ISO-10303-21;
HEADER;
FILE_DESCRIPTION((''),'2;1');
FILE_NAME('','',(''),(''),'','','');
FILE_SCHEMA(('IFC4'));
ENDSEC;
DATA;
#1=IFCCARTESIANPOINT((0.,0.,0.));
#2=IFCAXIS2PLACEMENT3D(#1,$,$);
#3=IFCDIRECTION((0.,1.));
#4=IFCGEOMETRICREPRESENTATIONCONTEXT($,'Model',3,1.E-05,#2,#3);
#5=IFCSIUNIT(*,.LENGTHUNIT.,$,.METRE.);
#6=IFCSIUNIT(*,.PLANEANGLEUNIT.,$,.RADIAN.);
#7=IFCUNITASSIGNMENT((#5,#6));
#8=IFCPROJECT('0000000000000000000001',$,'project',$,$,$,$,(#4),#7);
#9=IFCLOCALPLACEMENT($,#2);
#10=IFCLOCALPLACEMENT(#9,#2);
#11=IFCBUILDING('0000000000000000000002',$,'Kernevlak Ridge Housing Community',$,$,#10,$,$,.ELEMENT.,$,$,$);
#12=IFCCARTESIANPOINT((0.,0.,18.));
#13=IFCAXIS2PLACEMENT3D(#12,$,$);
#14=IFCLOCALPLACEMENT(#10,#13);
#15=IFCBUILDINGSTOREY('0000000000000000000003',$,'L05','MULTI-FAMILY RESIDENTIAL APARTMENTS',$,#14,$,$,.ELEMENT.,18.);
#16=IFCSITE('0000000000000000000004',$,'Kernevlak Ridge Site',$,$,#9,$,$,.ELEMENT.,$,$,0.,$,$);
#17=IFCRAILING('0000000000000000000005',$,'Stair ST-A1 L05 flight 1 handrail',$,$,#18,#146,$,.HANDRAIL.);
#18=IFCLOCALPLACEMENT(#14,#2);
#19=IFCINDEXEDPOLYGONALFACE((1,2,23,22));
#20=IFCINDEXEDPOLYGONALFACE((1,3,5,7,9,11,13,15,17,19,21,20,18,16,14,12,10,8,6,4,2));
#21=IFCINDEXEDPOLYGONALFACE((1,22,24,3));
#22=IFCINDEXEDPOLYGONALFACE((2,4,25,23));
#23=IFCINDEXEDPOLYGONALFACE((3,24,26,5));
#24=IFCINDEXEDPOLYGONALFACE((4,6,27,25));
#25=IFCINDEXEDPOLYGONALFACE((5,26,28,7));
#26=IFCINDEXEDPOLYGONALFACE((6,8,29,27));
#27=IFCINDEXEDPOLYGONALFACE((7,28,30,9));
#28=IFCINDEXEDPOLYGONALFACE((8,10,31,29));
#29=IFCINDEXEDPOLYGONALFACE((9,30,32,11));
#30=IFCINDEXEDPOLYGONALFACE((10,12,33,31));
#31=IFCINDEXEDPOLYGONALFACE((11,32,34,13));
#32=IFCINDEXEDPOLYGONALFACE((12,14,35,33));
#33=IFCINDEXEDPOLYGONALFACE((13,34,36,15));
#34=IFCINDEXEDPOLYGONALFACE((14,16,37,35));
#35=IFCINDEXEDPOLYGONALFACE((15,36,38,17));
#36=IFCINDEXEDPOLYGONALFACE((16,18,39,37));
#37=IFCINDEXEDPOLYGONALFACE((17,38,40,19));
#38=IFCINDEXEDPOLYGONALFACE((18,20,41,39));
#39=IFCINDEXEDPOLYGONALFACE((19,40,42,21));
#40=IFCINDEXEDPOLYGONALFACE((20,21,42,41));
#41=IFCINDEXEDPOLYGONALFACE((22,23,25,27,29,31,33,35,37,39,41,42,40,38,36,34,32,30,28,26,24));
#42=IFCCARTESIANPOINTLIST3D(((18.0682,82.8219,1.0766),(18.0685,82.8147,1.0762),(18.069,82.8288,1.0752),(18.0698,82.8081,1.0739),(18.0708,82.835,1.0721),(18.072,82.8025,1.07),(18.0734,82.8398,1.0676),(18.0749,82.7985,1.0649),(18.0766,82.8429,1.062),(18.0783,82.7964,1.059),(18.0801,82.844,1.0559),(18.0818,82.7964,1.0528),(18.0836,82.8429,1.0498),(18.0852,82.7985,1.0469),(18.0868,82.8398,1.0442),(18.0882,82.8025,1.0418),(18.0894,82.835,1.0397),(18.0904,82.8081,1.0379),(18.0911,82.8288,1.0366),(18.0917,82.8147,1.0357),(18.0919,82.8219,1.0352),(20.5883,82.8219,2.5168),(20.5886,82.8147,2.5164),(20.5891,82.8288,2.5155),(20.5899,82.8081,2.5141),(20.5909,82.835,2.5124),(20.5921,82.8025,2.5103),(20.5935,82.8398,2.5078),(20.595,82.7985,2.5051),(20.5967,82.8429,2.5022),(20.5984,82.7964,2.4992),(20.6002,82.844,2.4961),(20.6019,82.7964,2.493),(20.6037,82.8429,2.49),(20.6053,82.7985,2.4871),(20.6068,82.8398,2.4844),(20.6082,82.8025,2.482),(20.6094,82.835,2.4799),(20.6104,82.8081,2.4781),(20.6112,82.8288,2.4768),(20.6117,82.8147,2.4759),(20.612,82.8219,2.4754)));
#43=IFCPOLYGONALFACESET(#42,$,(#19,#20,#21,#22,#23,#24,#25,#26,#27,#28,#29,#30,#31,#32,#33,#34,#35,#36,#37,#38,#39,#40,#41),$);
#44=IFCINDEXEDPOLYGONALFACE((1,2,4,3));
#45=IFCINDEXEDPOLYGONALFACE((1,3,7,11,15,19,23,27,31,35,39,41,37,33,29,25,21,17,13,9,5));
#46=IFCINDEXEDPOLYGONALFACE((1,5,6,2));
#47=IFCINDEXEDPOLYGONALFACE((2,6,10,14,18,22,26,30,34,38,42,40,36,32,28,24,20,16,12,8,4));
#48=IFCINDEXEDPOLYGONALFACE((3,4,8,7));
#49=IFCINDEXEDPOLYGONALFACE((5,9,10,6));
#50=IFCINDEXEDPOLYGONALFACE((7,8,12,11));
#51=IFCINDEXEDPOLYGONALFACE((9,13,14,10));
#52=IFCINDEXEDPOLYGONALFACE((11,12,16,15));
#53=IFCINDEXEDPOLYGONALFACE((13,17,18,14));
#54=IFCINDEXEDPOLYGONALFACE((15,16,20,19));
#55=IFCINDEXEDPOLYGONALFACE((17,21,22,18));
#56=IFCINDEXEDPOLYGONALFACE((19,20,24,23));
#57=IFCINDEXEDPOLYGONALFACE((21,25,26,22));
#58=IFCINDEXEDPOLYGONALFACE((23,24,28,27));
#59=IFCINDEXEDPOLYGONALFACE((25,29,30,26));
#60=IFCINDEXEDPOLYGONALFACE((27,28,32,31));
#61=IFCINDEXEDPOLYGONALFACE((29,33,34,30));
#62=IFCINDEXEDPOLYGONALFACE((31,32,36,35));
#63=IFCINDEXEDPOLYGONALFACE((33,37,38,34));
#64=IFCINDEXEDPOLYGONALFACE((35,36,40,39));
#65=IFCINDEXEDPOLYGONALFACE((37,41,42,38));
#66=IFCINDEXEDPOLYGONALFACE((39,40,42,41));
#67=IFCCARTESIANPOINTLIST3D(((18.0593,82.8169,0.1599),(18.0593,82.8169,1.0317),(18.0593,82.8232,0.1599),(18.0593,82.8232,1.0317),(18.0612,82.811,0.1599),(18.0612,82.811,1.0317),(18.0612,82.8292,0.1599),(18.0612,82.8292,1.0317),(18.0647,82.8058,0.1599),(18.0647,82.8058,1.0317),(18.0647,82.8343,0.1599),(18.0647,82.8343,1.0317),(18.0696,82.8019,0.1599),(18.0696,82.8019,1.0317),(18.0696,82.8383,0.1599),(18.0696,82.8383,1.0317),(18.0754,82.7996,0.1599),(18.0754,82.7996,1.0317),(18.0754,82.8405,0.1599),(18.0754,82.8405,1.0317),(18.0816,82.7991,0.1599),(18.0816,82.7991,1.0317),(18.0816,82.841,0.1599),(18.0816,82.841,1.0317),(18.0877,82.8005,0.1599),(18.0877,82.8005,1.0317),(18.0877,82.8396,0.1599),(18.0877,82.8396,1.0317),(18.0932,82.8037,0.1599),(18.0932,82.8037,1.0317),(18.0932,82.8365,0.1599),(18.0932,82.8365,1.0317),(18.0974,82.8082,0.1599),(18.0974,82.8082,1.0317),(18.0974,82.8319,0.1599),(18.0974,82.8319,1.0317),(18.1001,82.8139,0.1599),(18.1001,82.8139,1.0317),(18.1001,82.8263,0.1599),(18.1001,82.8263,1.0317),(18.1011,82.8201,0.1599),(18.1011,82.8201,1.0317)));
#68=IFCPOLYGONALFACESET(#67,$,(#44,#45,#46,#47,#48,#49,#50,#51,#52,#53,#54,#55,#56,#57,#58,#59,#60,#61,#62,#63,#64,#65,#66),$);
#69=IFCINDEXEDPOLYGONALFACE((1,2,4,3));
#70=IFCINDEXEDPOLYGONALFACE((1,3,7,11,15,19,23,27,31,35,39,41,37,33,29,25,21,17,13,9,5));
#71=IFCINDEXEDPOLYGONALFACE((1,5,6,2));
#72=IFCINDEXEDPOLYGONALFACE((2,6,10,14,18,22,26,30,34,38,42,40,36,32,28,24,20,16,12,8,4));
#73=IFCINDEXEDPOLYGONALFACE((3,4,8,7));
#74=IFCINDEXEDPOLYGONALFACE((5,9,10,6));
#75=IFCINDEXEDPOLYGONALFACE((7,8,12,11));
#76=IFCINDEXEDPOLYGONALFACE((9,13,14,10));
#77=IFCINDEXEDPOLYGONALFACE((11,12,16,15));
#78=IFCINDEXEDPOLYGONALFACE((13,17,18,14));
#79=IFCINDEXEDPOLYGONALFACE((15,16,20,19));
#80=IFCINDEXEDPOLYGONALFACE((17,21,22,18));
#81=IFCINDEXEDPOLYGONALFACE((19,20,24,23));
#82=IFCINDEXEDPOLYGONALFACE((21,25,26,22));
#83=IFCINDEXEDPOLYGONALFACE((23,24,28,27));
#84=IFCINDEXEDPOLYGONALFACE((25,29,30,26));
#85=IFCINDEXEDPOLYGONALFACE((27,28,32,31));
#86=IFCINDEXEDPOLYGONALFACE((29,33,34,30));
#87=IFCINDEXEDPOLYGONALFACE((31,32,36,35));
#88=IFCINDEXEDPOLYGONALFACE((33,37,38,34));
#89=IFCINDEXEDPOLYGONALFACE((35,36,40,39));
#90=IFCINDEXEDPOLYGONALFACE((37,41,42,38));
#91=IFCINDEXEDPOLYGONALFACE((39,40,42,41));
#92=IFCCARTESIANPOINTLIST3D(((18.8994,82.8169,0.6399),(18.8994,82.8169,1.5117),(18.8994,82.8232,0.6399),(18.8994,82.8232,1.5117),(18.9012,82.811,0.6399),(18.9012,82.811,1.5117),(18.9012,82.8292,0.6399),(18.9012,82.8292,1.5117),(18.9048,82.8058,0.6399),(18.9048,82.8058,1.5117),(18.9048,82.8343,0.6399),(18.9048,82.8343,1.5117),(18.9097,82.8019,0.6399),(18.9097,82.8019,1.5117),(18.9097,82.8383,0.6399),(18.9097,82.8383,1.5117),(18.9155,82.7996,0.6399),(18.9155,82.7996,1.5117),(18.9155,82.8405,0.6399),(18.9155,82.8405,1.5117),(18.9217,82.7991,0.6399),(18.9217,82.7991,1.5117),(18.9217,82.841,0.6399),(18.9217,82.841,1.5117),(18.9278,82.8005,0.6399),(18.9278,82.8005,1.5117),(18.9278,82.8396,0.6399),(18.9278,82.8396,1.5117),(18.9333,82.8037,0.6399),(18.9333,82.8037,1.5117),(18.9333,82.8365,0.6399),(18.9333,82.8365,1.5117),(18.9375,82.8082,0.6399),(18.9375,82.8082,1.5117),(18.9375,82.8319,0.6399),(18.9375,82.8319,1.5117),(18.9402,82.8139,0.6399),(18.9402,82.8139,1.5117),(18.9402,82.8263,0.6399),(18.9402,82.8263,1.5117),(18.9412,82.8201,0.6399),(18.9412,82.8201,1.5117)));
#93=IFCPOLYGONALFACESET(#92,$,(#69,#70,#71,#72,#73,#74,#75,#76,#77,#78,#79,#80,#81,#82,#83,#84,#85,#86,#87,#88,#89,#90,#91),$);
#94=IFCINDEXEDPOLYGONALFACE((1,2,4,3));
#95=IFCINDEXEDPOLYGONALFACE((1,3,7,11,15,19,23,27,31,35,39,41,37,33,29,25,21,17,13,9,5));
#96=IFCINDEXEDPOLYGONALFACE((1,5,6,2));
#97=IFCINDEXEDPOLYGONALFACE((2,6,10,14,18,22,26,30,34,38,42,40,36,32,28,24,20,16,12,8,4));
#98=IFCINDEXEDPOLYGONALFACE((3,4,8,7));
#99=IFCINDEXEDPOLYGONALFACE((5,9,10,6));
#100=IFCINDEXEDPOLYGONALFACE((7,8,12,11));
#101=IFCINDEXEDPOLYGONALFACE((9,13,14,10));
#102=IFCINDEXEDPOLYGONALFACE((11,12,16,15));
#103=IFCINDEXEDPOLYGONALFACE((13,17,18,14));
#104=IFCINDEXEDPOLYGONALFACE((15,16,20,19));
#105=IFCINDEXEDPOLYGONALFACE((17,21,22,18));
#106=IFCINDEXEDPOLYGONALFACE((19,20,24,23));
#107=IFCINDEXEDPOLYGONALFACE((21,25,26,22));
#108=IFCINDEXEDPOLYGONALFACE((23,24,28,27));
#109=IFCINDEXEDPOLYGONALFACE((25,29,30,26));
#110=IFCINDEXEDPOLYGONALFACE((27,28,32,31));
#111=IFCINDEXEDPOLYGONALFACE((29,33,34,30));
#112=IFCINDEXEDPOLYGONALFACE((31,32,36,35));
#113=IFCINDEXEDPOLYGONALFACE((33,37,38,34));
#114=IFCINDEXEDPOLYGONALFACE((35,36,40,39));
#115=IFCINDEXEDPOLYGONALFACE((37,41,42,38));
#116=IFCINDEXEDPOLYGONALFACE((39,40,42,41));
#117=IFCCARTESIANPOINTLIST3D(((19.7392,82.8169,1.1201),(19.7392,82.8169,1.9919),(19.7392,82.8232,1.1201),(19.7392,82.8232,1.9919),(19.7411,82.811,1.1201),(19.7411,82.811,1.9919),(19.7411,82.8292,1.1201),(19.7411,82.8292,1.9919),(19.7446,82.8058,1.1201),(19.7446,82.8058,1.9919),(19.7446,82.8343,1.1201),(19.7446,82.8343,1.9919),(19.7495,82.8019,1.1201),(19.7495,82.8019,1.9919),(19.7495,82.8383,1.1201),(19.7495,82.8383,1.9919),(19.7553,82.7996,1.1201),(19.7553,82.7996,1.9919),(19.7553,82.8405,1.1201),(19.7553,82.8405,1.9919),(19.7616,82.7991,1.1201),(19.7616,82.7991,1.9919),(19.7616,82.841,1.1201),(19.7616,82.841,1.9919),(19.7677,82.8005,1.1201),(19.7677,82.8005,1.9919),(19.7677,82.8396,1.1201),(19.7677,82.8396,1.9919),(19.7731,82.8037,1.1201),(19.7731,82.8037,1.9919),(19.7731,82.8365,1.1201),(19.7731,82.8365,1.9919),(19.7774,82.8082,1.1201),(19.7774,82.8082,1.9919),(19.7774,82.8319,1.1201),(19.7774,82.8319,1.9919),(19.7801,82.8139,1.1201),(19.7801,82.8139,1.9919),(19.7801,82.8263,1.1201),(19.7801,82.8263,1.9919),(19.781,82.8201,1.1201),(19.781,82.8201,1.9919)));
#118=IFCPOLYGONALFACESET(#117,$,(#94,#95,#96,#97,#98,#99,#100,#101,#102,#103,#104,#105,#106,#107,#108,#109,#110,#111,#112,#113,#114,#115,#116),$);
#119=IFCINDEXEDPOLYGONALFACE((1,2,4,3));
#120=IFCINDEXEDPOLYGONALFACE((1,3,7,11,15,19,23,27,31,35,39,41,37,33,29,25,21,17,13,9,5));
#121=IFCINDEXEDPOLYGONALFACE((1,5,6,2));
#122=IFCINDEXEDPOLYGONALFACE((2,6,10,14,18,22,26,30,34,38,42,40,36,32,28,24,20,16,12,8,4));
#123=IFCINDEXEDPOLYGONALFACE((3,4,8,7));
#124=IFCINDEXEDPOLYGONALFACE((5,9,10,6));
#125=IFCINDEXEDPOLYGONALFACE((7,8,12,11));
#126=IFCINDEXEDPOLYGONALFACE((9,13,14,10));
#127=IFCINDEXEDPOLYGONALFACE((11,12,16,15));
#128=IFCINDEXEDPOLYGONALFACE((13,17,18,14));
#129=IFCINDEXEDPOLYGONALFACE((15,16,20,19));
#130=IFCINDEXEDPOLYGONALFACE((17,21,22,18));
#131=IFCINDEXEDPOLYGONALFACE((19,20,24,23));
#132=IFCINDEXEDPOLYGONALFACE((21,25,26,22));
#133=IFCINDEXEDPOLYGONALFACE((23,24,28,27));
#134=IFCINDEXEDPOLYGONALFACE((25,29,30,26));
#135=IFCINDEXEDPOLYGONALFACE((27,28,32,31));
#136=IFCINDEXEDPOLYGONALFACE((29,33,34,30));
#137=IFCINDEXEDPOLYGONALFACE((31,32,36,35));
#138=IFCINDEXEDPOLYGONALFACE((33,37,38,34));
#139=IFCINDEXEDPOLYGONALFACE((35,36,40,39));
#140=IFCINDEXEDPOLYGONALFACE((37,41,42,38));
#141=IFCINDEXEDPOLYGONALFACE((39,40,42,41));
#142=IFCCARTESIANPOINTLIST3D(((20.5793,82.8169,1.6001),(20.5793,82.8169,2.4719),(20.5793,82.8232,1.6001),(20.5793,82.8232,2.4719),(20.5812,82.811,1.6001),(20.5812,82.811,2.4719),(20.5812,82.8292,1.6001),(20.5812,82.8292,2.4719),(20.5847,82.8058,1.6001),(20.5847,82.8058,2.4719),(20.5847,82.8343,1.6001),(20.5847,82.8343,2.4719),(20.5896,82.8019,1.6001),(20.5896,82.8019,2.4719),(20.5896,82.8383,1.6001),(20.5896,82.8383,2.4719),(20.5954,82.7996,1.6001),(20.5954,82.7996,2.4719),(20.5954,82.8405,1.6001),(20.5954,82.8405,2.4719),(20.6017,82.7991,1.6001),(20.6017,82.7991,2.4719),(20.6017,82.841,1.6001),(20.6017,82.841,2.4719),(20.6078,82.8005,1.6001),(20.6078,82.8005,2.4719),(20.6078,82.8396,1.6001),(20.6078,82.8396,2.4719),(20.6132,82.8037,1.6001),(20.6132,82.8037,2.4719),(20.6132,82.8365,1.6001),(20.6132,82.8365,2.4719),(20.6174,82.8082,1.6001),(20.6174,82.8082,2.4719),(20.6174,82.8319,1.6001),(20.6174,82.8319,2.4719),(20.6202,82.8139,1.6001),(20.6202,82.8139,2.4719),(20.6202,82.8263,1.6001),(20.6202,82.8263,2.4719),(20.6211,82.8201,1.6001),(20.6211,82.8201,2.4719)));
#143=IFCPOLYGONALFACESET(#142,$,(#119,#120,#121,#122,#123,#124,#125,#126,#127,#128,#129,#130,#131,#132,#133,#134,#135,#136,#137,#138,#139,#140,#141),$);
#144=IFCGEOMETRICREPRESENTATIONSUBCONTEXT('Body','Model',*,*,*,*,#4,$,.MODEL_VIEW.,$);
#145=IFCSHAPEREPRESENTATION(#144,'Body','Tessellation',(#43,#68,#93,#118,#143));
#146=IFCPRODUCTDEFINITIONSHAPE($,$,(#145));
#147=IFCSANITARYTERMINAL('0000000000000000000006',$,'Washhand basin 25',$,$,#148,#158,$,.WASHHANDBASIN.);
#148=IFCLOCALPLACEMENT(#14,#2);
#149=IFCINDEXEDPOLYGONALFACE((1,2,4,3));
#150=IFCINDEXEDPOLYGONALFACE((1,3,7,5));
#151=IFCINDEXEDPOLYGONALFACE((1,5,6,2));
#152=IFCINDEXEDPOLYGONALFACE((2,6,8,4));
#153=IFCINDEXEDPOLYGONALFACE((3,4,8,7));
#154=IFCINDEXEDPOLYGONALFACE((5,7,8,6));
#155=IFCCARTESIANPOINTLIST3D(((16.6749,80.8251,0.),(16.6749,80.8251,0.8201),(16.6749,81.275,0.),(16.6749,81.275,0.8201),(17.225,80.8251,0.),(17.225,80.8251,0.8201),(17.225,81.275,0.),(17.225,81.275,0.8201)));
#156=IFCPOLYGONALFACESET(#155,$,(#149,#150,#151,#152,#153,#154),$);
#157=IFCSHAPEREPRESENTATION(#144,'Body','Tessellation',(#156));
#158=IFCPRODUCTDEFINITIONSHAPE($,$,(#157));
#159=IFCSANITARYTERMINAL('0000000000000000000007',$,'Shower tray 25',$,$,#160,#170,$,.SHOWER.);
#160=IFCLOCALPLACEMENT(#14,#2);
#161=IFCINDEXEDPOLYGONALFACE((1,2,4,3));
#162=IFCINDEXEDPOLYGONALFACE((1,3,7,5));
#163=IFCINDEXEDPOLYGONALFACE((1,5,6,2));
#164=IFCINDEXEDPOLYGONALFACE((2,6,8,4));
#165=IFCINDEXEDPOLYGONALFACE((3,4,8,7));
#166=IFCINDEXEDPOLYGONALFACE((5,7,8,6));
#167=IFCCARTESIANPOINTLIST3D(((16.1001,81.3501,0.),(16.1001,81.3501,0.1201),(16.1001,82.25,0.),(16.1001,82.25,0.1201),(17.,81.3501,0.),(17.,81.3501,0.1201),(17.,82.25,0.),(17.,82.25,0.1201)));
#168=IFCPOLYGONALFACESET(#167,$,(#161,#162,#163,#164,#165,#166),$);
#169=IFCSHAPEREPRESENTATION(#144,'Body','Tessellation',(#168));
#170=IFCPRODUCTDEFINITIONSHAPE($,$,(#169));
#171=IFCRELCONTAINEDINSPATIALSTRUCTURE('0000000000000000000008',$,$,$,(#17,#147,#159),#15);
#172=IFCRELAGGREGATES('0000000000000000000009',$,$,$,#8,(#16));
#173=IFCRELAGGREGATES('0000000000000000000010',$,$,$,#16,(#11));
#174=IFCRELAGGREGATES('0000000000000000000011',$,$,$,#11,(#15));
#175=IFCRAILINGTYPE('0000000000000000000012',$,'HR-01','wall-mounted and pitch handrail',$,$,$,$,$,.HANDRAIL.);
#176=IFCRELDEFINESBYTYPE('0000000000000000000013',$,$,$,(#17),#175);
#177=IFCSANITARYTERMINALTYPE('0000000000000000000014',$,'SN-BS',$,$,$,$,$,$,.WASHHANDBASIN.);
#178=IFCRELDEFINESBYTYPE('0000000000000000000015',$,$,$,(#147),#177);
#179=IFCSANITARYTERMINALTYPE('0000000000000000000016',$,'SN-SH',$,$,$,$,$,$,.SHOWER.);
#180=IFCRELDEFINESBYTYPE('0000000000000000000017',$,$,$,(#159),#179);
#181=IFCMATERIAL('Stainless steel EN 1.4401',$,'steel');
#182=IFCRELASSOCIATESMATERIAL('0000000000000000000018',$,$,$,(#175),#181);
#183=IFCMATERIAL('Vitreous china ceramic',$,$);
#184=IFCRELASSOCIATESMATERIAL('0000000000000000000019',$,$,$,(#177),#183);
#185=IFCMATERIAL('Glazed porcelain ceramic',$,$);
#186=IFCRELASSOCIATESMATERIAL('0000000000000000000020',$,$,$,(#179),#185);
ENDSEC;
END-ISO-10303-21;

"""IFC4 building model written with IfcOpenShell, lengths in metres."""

from ifc_helpers import new_model, si_unit, direction, frame, origin, origin_2d, place, context, subcontext, project, spatial, rectangle, circle, extrude, material, type_object, element, save


model = new_model("IFC4")

# Units and contexts
model_context = context("Model", 3, precision=1e-05, world=origin(), true_north=direction((0.0, 1.0)))
body_context = subcontext(model_context, "Body", "Model", "MODEL_VIEW")
ifc_project = project(units=[si_unit("LENGTHUNIT", "METRE"), si_unit("PLANEANGLEUNIT", "RADIAN")], contexts=[model_context])

# Site, building, storey
site_placement = place(None, origin())
site = spatial("IfcSite", under=ifc_project, at=site_placement, Name="Kernevlak Ridge Site", CompositionType="ELEMENT", RefElevation=0.0)
building_placement = place(site_placement, origin())
building = spatial("IfcBuilding", under=site, at=building_placement, Name="Kernevlak Ridge Housing Community", CompositionType="ELEMENT")
storey_placement = place(building_placement, frame((0.0, 0.0, 18.0)))
storey = spatial("IfcBuildingStorey", under=building, at=storey_placement, Name="L05", Description="MULTI-FAMILY RESIDENTIAL APARTMENTS", CompositionType="ELEMENT", Elevation=18.0)

# Shared definitions
ifc_material_1 = material(Name="Stainless steel EN 1.4401", Category="steel")

# Railing
railing_type_1 = type_object("IfcRailingType", Name="HR-01", Description="wall-mounted and pitch handrail", PredefinedType="HANDRAIL", material=ifc_material_1)
railing_1_placement = place(storey_placement, frame((18.0801, 82.8201, 0.1599)))
element("IfcRailing", 1, at=railing_1_placement, inside=storey, type_object=railing_type_1, Name="Stair ST-A1 L05 flight 1 handrail", PredefinedType="HANDRAIL", context=body_context, shape_type="SweptSolid", body=[
    extrude(circle(Radius=0.0239, at=origin_2d()), frame((0.0, 0.0, 0.896), z_axis=(0.868217, 0.0, 0.496184), x_axis=(0.0, 1.0, 0.0)), (0.0, 0.0, 1.0), 2.9026),
    extrude(circle(Radius=0.021, at=origin_2d()), origin(), (0.0, 0.0, 1.0), 0.8718),
    extrude(circle(Radius=0.021, at=origin_2d()), frame((0.8401, 0.0, 0.48)), (0.0, 0.0, 1.0), 0.8718),
    extrude(circle(Radius=0.021, at=origin_2d()), frame((1.6799, 0.0, 0.9602)), (0.0, 0.0, 1.0), 0.8718),
    extrude(circle(Radius=0.021, at=origin_2d()), frame((2.52, 0.0, 1.4402)), (0.0, 0.0, 1.0), 0.8718),
])

# Sanitary terminals
ifc_material_2 = material(Name="Vitreous china ceramic")
sanitary_terminal_type_1 = type_object("IfcSanitaryTerminalType", Name="SN-BS", PredefinedType="WASHHANDBASIN", material=ifc_material_2)
sanitary_terminal_1_placement = place(storey_placement, frame((16.95, 81.05, 0.0), z_axis=(0.0, 0.0, 1.0), x_axis=(1.0, 0.0, 0.0)))
element("IfcSanitaryTerminal", 2, at=sanitary_terminal_1_placement, inside=storey, type_object=sanitary_terminal_type_1, Name="Washhand basin 25", PredefinedType="WASHHANDBASIN", context=body_context, shape_type="SweptSolid", body=[
    extrude(rectangle(XDim=0.55, YDim=0.45, at=origin_2d()), origin(), (0.0, 0.0, 1.0), 0.8201),
])
ifc_material_3 = material(Name="Glazed porcelain ceramic")
sanitary_terminal_type_2 = type_object("IfcSanitaryTerminalType", Name="SN-SH", PredefinedType="SHOWER", material=ifc_material_3)
sanitary_terminal_2_placement = place(storey_placement, frame((16.55, 81.8, 0.0), z_axis=(0.0, 0.0, 1.0), x_axis=(1.0, 0.0, 0.0)))
element("IfcSanitaryTerminal", 3, at=sanitary_terminal_2_placement, inside=storey, type_object=sanitary_terminal_type_2, Name="Shower tray 25", PredefinedType="SHOWER", context=body_context, shape_type="SweptSolid", body=[
    extrude(rectangle(XDim=0.8999, YDim=0.8999, at=origin_2d()), origin(), (0.0, 0.0, 1.0), 0.1201),
])

save(model, "model.ifc")
